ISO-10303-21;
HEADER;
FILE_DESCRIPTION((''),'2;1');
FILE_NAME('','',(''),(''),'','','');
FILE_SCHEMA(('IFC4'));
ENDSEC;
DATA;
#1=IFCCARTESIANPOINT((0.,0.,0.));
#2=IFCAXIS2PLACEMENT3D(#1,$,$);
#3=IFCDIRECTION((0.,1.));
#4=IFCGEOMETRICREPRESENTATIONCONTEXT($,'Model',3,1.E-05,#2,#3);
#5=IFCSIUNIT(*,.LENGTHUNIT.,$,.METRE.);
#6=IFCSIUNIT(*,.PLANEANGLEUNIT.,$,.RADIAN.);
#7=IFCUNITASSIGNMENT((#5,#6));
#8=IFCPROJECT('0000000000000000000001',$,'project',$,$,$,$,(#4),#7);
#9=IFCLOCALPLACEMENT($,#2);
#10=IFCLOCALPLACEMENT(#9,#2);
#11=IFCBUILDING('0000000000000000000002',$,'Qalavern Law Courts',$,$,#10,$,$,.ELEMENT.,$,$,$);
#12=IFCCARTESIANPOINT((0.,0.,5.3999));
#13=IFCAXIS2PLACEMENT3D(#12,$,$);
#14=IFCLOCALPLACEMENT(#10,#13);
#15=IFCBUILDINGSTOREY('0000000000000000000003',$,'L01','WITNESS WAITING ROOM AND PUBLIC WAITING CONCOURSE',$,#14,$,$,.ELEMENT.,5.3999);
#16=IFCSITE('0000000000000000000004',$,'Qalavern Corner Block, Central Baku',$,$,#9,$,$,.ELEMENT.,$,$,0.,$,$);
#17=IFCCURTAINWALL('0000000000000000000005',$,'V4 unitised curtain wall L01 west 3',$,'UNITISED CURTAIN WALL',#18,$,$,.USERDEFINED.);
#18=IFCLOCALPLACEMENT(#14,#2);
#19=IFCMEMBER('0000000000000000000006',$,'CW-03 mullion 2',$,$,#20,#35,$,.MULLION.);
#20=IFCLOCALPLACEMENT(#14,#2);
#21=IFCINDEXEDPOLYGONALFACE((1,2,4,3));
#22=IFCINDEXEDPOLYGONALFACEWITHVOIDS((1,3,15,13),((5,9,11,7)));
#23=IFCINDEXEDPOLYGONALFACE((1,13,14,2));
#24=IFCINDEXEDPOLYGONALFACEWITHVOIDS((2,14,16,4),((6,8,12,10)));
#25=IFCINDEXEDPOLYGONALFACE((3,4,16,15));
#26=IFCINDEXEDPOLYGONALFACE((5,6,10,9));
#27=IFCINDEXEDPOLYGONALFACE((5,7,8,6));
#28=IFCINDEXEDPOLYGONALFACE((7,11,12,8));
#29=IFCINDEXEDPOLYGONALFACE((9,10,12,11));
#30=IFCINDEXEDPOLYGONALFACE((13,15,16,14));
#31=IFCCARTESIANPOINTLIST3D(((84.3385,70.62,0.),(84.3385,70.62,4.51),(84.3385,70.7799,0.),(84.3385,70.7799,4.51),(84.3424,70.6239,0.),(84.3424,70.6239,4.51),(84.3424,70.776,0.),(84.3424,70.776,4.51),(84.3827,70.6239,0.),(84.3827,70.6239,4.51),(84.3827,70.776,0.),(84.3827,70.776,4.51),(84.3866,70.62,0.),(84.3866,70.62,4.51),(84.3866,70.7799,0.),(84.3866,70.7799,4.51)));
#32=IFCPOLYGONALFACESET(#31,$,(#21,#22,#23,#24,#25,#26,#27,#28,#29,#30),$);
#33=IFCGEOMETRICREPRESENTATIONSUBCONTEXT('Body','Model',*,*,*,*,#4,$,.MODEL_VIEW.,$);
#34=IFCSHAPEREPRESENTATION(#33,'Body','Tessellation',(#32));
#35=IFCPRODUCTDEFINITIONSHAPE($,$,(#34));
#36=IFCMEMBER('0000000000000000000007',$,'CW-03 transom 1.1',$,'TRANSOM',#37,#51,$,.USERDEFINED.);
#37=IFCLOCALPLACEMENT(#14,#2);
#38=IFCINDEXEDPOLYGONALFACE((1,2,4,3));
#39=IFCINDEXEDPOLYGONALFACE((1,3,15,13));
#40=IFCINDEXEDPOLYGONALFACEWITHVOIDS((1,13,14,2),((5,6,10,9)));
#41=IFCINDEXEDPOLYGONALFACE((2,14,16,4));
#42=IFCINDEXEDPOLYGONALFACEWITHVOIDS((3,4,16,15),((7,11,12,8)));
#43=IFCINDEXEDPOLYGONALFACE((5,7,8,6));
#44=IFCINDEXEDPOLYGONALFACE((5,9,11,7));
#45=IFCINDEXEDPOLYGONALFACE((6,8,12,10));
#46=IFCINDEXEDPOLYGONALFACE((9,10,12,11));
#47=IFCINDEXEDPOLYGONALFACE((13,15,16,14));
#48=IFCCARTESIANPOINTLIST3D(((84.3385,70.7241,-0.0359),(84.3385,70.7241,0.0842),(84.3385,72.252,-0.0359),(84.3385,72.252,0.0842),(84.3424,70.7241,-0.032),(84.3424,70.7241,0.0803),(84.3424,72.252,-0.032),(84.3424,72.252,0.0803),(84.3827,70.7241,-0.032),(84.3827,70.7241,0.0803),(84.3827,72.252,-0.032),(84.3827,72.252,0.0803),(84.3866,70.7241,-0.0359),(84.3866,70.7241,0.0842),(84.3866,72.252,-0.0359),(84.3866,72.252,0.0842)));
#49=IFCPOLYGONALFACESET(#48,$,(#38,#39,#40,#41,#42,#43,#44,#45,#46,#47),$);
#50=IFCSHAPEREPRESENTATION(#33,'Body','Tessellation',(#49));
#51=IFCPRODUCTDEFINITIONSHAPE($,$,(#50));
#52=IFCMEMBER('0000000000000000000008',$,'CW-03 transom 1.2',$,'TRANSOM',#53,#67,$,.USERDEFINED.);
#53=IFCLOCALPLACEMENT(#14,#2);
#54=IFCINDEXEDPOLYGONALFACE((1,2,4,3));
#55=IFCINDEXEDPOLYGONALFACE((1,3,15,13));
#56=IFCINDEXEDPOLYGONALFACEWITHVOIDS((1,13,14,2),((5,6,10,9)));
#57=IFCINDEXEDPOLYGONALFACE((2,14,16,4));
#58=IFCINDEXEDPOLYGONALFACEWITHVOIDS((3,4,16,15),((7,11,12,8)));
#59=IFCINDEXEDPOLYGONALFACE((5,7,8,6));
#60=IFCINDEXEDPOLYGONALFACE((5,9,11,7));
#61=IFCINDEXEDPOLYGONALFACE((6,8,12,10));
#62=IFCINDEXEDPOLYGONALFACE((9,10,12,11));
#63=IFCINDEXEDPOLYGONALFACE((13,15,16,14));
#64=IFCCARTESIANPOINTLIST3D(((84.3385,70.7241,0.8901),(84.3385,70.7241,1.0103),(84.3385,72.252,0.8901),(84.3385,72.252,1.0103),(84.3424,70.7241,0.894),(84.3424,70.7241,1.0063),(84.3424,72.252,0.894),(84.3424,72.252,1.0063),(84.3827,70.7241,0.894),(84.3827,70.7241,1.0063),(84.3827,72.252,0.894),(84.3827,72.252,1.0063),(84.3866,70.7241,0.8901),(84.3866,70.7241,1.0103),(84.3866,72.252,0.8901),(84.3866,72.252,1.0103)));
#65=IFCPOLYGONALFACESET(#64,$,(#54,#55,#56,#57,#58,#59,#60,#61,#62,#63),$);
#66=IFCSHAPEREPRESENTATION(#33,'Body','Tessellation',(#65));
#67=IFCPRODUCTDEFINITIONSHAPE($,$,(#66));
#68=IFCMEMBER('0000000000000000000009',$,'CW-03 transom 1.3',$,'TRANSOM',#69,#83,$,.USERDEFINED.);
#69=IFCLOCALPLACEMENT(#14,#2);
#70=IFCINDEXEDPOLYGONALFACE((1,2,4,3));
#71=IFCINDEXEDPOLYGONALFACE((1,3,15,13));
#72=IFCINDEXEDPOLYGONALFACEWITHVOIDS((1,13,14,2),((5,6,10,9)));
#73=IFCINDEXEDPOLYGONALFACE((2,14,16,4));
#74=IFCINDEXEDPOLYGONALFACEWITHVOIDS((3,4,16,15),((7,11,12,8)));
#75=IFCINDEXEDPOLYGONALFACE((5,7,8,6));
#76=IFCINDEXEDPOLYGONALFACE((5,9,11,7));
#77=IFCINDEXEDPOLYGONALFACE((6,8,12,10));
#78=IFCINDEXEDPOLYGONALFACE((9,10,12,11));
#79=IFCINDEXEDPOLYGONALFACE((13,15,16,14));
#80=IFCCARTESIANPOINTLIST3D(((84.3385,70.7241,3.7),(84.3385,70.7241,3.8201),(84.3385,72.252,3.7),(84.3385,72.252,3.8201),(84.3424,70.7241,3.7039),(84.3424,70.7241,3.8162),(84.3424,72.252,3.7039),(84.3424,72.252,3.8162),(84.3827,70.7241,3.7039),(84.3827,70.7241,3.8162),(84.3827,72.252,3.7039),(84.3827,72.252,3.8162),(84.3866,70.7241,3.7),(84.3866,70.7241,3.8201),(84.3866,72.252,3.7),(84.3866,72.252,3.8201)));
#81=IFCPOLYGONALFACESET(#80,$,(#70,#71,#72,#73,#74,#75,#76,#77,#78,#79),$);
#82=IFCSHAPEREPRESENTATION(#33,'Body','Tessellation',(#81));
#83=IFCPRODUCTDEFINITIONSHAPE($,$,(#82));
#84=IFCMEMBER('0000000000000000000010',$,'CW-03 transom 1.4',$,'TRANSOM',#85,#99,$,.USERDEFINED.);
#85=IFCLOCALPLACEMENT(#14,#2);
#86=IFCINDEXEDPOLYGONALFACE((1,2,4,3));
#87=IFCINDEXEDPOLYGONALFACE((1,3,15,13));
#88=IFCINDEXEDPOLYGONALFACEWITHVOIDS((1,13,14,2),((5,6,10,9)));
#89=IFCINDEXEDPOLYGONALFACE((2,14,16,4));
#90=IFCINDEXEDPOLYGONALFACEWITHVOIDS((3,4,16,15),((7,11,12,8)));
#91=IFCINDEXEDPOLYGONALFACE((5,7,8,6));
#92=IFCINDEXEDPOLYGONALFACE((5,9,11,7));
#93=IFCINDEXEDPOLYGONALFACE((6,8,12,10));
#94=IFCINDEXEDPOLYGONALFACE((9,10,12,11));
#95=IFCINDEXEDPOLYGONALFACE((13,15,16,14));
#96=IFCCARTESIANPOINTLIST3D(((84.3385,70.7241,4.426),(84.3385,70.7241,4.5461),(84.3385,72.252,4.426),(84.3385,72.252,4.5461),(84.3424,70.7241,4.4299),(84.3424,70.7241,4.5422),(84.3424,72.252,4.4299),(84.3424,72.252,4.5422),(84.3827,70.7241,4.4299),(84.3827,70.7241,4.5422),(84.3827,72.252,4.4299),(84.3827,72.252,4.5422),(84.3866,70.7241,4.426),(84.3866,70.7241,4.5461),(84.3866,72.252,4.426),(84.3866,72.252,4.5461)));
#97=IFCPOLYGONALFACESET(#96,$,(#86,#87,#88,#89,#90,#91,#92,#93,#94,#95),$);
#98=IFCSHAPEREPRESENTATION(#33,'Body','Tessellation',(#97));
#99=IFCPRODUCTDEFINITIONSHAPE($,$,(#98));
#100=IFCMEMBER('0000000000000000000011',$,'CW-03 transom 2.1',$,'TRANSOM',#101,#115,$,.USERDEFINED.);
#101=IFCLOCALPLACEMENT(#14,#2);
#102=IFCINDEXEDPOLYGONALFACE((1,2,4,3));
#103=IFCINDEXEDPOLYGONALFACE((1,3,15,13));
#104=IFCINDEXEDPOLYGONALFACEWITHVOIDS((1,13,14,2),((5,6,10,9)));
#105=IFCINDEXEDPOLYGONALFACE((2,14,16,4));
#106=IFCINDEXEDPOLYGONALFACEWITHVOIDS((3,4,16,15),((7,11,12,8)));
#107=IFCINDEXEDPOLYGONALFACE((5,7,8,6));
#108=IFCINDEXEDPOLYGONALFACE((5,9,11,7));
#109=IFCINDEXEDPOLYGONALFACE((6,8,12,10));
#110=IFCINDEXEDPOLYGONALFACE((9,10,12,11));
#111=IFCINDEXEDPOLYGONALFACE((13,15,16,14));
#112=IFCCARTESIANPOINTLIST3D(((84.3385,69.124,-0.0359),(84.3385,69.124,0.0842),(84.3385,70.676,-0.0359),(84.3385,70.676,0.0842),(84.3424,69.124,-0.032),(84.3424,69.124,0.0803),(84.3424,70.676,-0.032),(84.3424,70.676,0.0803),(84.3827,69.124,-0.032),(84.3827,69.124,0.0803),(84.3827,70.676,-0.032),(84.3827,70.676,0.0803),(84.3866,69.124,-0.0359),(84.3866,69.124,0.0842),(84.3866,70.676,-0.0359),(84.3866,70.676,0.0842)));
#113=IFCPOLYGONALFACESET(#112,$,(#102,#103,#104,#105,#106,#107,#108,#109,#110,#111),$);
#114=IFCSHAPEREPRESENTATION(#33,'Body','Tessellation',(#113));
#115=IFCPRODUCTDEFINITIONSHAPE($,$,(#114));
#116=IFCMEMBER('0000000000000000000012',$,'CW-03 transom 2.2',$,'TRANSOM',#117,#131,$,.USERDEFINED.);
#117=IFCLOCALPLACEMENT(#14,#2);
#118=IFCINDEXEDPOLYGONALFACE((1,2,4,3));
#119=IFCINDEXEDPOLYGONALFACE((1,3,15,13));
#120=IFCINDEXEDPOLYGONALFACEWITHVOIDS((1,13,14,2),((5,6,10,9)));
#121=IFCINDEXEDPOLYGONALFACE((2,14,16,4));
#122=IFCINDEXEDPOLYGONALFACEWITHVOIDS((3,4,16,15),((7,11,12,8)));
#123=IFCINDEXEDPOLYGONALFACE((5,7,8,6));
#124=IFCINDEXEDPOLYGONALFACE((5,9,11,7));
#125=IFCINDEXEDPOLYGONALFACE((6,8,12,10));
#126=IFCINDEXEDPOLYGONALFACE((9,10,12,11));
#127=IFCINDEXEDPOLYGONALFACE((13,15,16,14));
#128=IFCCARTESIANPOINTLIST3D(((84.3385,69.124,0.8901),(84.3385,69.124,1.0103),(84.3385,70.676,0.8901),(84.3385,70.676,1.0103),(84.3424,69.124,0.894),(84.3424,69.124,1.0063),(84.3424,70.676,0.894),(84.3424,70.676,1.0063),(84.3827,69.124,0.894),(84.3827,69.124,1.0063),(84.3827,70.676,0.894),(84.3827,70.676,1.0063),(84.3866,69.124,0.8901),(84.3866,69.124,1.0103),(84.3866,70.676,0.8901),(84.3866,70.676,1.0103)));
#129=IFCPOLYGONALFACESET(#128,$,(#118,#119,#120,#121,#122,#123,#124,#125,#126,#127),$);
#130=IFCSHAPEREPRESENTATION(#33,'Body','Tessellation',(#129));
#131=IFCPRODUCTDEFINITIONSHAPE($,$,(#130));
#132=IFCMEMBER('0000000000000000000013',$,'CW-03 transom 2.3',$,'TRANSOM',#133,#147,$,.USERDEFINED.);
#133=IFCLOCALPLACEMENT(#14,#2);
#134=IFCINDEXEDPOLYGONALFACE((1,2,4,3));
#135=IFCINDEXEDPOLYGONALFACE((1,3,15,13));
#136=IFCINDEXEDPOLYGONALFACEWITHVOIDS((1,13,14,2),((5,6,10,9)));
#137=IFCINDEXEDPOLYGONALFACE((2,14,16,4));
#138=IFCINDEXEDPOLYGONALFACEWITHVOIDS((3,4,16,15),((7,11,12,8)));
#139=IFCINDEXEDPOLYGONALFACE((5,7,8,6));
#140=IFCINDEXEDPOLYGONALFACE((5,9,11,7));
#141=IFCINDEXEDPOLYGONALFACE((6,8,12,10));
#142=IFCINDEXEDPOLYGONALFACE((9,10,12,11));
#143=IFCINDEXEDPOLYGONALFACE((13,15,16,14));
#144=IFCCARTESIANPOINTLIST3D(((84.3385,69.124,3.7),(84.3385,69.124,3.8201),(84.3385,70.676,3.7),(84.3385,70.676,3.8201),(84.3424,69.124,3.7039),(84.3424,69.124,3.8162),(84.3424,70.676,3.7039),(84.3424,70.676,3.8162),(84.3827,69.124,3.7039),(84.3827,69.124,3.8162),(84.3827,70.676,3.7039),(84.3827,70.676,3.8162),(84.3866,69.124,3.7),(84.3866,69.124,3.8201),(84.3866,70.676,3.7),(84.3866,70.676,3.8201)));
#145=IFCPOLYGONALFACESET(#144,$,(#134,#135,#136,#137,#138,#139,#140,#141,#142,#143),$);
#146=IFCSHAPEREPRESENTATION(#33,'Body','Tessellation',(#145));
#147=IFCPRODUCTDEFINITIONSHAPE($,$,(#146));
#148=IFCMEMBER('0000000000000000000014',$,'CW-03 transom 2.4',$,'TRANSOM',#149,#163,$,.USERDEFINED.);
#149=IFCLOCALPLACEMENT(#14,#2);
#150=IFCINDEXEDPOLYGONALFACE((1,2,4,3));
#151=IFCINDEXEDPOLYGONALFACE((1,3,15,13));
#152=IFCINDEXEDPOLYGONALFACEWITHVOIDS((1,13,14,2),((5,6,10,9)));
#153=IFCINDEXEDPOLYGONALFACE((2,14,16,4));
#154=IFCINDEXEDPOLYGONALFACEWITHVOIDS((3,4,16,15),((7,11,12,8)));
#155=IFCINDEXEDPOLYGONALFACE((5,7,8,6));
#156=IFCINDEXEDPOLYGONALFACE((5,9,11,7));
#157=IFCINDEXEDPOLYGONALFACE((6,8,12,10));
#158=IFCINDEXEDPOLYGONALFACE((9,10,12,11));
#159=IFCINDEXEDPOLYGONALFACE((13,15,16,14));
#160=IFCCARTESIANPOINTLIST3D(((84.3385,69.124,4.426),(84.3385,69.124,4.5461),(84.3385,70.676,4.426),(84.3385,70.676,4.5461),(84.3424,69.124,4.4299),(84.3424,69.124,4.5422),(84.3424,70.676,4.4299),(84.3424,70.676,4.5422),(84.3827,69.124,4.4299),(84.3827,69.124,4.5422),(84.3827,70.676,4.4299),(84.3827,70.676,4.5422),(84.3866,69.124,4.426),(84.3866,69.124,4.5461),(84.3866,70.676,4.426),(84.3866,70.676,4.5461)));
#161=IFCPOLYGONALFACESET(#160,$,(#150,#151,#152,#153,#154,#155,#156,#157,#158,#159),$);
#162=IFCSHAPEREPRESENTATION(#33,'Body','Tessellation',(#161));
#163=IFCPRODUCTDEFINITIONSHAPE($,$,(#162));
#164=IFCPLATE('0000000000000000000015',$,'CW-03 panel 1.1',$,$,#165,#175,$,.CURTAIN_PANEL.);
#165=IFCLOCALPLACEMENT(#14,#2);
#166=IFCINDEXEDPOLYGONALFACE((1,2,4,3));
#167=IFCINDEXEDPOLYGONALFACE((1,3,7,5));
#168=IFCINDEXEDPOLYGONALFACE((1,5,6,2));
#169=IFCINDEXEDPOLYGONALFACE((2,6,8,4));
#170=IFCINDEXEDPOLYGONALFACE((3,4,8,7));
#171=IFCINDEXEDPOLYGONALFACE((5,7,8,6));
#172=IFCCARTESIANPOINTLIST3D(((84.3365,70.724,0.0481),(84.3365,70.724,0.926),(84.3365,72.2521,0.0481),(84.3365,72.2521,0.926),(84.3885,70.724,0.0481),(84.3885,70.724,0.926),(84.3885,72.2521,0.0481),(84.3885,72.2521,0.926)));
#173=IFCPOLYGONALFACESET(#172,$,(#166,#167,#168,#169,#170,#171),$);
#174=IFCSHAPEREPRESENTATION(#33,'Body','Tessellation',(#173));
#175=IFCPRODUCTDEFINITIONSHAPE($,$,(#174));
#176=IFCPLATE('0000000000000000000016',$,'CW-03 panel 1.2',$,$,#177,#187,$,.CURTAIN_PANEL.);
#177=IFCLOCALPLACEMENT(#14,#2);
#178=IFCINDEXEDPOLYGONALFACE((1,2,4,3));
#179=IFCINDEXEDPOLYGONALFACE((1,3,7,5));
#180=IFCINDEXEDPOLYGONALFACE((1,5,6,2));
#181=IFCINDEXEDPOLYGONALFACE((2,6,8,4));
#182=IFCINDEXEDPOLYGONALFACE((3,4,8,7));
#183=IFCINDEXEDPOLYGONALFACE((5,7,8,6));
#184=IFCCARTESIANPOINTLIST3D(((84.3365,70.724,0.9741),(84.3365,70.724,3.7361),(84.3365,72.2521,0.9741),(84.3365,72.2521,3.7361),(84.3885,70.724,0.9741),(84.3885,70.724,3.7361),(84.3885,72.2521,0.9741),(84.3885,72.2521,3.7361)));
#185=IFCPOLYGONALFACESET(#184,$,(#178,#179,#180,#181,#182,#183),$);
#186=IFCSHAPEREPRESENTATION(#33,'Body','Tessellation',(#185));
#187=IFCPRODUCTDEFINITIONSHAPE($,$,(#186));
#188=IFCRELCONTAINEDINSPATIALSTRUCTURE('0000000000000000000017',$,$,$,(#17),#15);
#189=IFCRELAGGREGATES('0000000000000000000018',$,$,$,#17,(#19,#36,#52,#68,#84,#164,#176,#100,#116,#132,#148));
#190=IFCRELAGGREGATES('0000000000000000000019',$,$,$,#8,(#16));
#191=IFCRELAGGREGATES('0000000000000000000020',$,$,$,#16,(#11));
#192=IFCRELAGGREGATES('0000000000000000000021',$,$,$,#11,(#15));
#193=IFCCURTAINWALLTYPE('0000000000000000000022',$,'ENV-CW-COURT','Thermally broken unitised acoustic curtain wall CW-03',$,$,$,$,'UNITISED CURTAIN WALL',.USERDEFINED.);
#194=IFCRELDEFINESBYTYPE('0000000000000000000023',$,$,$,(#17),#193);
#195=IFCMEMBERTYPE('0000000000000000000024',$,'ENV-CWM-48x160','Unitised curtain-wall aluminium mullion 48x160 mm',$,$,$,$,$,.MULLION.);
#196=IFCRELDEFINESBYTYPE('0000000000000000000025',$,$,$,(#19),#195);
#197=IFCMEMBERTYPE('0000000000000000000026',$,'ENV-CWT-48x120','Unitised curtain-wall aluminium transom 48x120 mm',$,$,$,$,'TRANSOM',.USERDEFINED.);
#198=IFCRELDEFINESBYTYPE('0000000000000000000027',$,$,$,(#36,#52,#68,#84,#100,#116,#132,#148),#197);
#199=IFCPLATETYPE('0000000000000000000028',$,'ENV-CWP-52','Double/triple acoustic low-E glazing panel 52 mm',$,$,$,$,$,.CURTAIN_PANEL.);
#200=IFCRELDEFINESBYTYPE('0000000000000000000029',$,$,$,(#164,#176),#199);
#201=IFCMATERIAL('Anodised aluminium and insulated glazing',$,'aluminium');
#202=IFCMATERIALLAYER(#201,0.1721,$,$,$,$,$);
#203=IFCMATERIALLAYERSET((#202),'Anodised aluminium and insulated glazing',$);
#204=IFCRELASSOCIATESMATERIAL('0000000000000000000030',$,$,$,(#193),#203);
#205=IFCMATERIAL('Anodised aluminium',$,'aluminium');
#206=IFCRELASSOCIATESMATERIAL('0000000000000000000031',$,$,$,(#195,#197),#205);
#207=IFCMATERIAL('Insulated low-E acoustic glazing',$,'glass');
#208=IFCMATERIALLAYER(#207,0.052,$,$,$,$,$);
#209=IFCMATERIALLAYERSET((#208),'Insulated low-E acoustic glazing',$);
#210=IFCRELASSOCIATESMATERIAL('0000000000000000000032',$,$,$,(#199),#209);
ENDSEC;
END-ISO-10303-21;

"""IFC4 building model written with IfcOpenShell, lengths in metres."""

from ifc_helpers import new_model, si_unit, direction, frame, origin, origin_2d, place, context, subcontext, project, spatial, rectangle, hollow_rectangle, extrude, material, layer, layer_set, material_profile, profile_set, type_object, element, aggregate, save


model = new_model("IFC4")

# Units and contexts
model_context = context("Model", 3, precision=1e-05, world=origin(), true_north=direction((0.0, 1.0)))
body_context = subcontext(model_context, "Body", "Model", "MODEL_VIEW")
ifc_project = project(units=[si_unit("LENGTHUNIT", "METRE"), si_unit("PLANEANGLEUNIT", "RADIAN")], contexts=[model_context])

# Site, building, storey
site_placement = place(None, origin())
site = spatial("IfcSite", under=ifc_project, at=site_placement, Name="Qalavern Corner Block, Central Baku", CompositionType="ELEMENT", RefElevation=0.0)
building_placement = place(site_placement, origin())
building = spatial("IfcBuilding", under=site, at=building_placement, Name="Qalavern Law Courts", CompositionType="ELEMENT")
storey_placement = place(building_placement, frame((0.0, 0.0, 5.3999)))
storey = spatial("IfcBuildingStorey", under=building, at=storey_placement, Name="L01", Description="WITNESS WAITING ROOM AND PUBLIC WAITING CONCOURSE", CompositionType="ELEMENT", Elevation=5.3999)

# Curtain wall, members, plates
ifc_material_1 = material(Name="Anodised aluminium and insulated glazing", Category="aluminium")
ifc_layer_1 = layer(ifc_material_1, 0.1721)
ifc_layer_set_1 = layer_set([ifc_layer_1], Name="Anodised aluminium and insulated glazing")
curtain_wall_type = type_object("IfcCurtainWallType", Name="ENV-CW-COURT", Description="Thermally broken unitised acoustic curtain wall CW-03", ElementType="UNITISED CURTAIN WALL", PredefinedType="USERDEFINED", material=ifc_layer_set_1)
curtain_wall_placement = place(storey_placement, origin())
curtain_wall = element("IfcCurtainWall", 1, at=curtain_wall_placement, inside=storey, type_object=curtain_wall_type, Name="V4 unitised curtain wall L01 west 3", ObjectType="UNITISED CURTAIN WALL", PredefinedType="USERDEFINED")
ifc_material_2 = material(Name="Anodised aluminium", Category="aluminium")
ifc_material_profile_1 = material_profile(ifc_material_2, hollow_rectangle(XDim=0.0481, YDim=0.1599, WallThickness=0.0039, at=origin_2d()), Name="ALU MULLION 48x160")
ifc_profile_set_1 = profile_set([ifc_material_profile_1], Name="Anodised aluminium")
member_type_1 = type_object("IfcMemberType", Name="ENV-CWM-48x160", Description="Unitised curtain-wall aluminium mullion 48x160 mm", PredefinedType="MULLION", material=ifc_profile_set_1)
member_1_placement = place(storey_placement, frame((84.3625, 70.7, 0.0), z_axis=(0.0, 0.0, 1.0), x_axis=(1.0, 0.0, 0.0)))
member_1 = element("IfcMember", 2, at=member_1_placement, type_object=member_type_1, Name="CW-03 mullion 2", PredefinedType="MULLION", context=body_context, shape_type="SweptSolid", body=[
    extrude(hollow_rectangle(XDim=0.0481, YDim=0.1599, WallThickness=0.0039, at=origin_2d()), origin(), (0.0, 0.0, 1.0), 4.51),
])
ifc_material_profile_2 = material_profile(ifc_material_2, hollow_rectangle(XDim=0.0481, YDim=0.1201, WallThickness=0.0039, at=origin_2d()), Name="ALU TRANSOM 48x120")
ifc_profile_set_2 = profile_set([ifc_material_profile_2], Name="Anodised aluminium")
member_type_2 = type_object("IfcMemberType", Name="ENV-CWT-48x120", Description="Unitised curtain-wall aluminium transom 48x120 mm", ElementType="TRANSOM", PredefinedType="USERDEFINED", material=ifc_profile_set_2)
member_2_placement = place(storey_placement, frame((84.3625, 72.252, 0.0242), z_axis=(0.0, -1.0, 0.0), x_axis=(1.0, 0.0, 0.0)))
member_2 = element("IfcMember", 3, at=member_2_placement, type_object=member_type_2, Name="CW-03 transom 1.1", ObjectType="TRANSOM", PredefinedType="USERDEFINED", context=body_context, shape_type="SweptSolid", body=[
    extrude(hollow_rectangle(XDim=0.0481, YDim=0.1201, WallThickness=0.0039, at=origin_2d()), origin(), (0.0, 0.0, 1.0), 1.5278),
])
member_3_placement = place(storey_placement, frame((84.3625, 72.252, 0.9502), z_axis=(0.0, -1.0, 0.0), x_axis=(1.0, 0.0, 0.0)))
member_3 = element("IfcMember", 4, at=member_3_placement, type_object=member_type_2, Name="CW-03 transom 1.2", ObjectType="TRANSOM", PredefinedType="USERDEFINED", context=body_context, shape_type="SweptSolid", body=[
    extrude(hollow_rectangle(XDim=0.0481, YDim=0.1201, WallThickness=0.0039, at=origin_2d()), origin(), (0.0, 0.0, 1.0), 1.5278),
])
member_4_placement = place(storey_placement, frame((84.3625, 72.252, 3.76), z_axis=(0.0, -1.0, 0.0), x_axis=(1.0, 0.0, 0.0)))
member_4 = element("IfcMember", 5, at=member_4_placement, type_object=member_type_2, Name="CW-03 transom 1.3", ObjectType="TRANSOM", PredefinedType="USERDEFINED", context=body_context, shape_type="SweptSolid", body=[
    extrude(hollow_rectangle(XDim=0.0481, YDim=0.1201, WallThickness=0.0039, at=origin_2d()), origin(), (0.0, 0.0, 1.0), 1.5278),
])
member_5_placement = place(storey_placement, frame((84.3625, 72.252, 4.4861), z_axis=(0.0, -1.0, 0.0), x_axis=(1.0, 0.0, 0.0)))
member_5 = element("IfcMember", 6, at=member_5_placement, type_object=member_type_2, Name="CW-03 transom 1.4", ObjectType="TRANSOM", PredefinedType="USERDEFINED", context=body_context, shape_type="SweptSolid", body=[
    extrude(hollow_rectangle(XDim=0.0481, YDim=0.1201, WallThickness=0.0039, at=origin_2d()), origin(), (0.0, 0.0, 1.0), 1.5278),
])
member_6_placement = place(storey_placement, frame((84.3625, 70.676, 0.0242), z_axis=(0.0, -1.0, 0.0), x_axis=(1.0, 0.0, 0.0)))
member_6 = element("IfcMember", 7, at=member_6_placement, type_object=member_type_2, Name="CW-03 transom 2.1", ObjectType="TRANSOM", PredefinedType="USERDEFINED", context=body_context, shape_type="SweptSolid", body=[
    extrude(hollow_rectangle(XDim=0.0481, YDim=0.1201, WallThickness=0.0039, at=origin_2d()), origin(), (0.0, 0.0, 1.0), 1.552),
])
member_7_placement = place(storey_placement, frame((84.3625, 70.676, 0.9502), z_axis=(0.0, -1.0, 0.0), x_axis=(1.0, 0.0, 0.0)))
member_7 = element("IfcMember", 8, at=member_7_placement, type_object=member_type_2, Name="CW-03 transom 2.2", ObjectType="TRANSOM", PredefinedType="USERDEFINED", context=body_context, shape_type="SweptSolid", body=[
    extrude(hollow_rectangle(XDim=0.0481, YDim=0.1201, WallThickness=0.0039, at=origin_2d()), origin(), (0.0, 0.0, 1.0), 1.552),
])
member_8_placement = place(storey_placement, frame((84.3625, 70.676, 3.76), z_axis=(0.0, -1.0, 0.0), x_axis=(1.0, 0.0, 0.0)))
member_8 = element("IfcMember", 9, at=member_8_placement, type_object=member_type_2, Name="CW-03 transom 2.3", ObjectType="TRANSOM", PredefinedType="USERDEFINED", context=body_context, shape_type="SweptSolid", body=[
    extrude(hollow_rectangle(XDim=0.0481, YDim=0.1201, WallThickness=0.0039, at=origin_2d()), origin(), (0.0, 0.0, 1.0), 1.552),
])
member_9_placement = place(storey_placement, frame((84.3625, 70.676, 4.4861), z_axis=(0.0, -1.0, 0.0), x_axis=(1.0, 0.0, 0.0)))
member_9 = element("IfcMember", 10, at=member_9_placement, type_object=member_type_2, Name="CW-03 transom 2.4", ObjectType="TRANSOM", PredefinedType="USERDEFINED", context=body_context, shape_type="SweptSolid", body=[
    extrude(hollow_rectangle(XDim=0.0481, YDim=0.1201, WallThickness=0.0039, at=origin_2d()), origin(), (0.0, 0.0, 1.0), 1.552),
])
ifc_material_3 = material(Name="Insulated low-E acoustic glazing", Category="glass")
ifc_layer_2 = layer(ifc_material_3, 0.052)
ifc_layer_set_2 = layer_set([ifc_layer_2], Name="Insulated low-E acoustic glazing")
plate_type = type_object("IfcPlateType", Name="ENV-CWP-52", Description="Double/triple acoustic low-E glazing panel 52 mm", PredefinedType="CURTAIN_PANEL", material=ifc_layer_set_2)
plate_1_placement = place(storey_placement, frame((84.3625, 71.488, 0.0481), z_axis=(0.0, 0.0, 1.0), x_axis=(0.0, -1.0, 0.0)))
plate_1 = element("IfcPlate", 11, at=plate_1_placement, type_object=plate_type, Name="CW-03 panel 1.1", PredefinedType="CURTAIN_PANEL", context=body_context, shape_type="SweptSolid", body=[
    extrude(rectangle(XDim=1.5281, YDim=0.052, at=origin_2d()), origin(), (0.0, 0.0, 1.0), 0.8779),
])
plate_2_placement = place(storey_placement, frame((84.3625, 71.488, 0.9741), z_axis=(0.0, 0.0, 1.0), x_axis=(0.0, -1.0, 0.0)))
plate_2 = element("IfcPlate", 12, at=plate_2_placement, type_object=plate_type, Name="CW-03 panel 1.2", PredefinedType="CURTAIN_PANEL", context=body_context, shape_type="SweptSolid", body=[
    extrude(rectangle(XDim=1.5281, YDim=0.052, at=origin_2d()), origin(), (0.0, 0.0, 1.0), 2.762),
])
aggregate(curtain_wall, [member_1, member_2, member_3, member_4, member_5, plate_1, plate_2, member_6, member_7, member_8, member_9])

save(model, "model.ifc")
